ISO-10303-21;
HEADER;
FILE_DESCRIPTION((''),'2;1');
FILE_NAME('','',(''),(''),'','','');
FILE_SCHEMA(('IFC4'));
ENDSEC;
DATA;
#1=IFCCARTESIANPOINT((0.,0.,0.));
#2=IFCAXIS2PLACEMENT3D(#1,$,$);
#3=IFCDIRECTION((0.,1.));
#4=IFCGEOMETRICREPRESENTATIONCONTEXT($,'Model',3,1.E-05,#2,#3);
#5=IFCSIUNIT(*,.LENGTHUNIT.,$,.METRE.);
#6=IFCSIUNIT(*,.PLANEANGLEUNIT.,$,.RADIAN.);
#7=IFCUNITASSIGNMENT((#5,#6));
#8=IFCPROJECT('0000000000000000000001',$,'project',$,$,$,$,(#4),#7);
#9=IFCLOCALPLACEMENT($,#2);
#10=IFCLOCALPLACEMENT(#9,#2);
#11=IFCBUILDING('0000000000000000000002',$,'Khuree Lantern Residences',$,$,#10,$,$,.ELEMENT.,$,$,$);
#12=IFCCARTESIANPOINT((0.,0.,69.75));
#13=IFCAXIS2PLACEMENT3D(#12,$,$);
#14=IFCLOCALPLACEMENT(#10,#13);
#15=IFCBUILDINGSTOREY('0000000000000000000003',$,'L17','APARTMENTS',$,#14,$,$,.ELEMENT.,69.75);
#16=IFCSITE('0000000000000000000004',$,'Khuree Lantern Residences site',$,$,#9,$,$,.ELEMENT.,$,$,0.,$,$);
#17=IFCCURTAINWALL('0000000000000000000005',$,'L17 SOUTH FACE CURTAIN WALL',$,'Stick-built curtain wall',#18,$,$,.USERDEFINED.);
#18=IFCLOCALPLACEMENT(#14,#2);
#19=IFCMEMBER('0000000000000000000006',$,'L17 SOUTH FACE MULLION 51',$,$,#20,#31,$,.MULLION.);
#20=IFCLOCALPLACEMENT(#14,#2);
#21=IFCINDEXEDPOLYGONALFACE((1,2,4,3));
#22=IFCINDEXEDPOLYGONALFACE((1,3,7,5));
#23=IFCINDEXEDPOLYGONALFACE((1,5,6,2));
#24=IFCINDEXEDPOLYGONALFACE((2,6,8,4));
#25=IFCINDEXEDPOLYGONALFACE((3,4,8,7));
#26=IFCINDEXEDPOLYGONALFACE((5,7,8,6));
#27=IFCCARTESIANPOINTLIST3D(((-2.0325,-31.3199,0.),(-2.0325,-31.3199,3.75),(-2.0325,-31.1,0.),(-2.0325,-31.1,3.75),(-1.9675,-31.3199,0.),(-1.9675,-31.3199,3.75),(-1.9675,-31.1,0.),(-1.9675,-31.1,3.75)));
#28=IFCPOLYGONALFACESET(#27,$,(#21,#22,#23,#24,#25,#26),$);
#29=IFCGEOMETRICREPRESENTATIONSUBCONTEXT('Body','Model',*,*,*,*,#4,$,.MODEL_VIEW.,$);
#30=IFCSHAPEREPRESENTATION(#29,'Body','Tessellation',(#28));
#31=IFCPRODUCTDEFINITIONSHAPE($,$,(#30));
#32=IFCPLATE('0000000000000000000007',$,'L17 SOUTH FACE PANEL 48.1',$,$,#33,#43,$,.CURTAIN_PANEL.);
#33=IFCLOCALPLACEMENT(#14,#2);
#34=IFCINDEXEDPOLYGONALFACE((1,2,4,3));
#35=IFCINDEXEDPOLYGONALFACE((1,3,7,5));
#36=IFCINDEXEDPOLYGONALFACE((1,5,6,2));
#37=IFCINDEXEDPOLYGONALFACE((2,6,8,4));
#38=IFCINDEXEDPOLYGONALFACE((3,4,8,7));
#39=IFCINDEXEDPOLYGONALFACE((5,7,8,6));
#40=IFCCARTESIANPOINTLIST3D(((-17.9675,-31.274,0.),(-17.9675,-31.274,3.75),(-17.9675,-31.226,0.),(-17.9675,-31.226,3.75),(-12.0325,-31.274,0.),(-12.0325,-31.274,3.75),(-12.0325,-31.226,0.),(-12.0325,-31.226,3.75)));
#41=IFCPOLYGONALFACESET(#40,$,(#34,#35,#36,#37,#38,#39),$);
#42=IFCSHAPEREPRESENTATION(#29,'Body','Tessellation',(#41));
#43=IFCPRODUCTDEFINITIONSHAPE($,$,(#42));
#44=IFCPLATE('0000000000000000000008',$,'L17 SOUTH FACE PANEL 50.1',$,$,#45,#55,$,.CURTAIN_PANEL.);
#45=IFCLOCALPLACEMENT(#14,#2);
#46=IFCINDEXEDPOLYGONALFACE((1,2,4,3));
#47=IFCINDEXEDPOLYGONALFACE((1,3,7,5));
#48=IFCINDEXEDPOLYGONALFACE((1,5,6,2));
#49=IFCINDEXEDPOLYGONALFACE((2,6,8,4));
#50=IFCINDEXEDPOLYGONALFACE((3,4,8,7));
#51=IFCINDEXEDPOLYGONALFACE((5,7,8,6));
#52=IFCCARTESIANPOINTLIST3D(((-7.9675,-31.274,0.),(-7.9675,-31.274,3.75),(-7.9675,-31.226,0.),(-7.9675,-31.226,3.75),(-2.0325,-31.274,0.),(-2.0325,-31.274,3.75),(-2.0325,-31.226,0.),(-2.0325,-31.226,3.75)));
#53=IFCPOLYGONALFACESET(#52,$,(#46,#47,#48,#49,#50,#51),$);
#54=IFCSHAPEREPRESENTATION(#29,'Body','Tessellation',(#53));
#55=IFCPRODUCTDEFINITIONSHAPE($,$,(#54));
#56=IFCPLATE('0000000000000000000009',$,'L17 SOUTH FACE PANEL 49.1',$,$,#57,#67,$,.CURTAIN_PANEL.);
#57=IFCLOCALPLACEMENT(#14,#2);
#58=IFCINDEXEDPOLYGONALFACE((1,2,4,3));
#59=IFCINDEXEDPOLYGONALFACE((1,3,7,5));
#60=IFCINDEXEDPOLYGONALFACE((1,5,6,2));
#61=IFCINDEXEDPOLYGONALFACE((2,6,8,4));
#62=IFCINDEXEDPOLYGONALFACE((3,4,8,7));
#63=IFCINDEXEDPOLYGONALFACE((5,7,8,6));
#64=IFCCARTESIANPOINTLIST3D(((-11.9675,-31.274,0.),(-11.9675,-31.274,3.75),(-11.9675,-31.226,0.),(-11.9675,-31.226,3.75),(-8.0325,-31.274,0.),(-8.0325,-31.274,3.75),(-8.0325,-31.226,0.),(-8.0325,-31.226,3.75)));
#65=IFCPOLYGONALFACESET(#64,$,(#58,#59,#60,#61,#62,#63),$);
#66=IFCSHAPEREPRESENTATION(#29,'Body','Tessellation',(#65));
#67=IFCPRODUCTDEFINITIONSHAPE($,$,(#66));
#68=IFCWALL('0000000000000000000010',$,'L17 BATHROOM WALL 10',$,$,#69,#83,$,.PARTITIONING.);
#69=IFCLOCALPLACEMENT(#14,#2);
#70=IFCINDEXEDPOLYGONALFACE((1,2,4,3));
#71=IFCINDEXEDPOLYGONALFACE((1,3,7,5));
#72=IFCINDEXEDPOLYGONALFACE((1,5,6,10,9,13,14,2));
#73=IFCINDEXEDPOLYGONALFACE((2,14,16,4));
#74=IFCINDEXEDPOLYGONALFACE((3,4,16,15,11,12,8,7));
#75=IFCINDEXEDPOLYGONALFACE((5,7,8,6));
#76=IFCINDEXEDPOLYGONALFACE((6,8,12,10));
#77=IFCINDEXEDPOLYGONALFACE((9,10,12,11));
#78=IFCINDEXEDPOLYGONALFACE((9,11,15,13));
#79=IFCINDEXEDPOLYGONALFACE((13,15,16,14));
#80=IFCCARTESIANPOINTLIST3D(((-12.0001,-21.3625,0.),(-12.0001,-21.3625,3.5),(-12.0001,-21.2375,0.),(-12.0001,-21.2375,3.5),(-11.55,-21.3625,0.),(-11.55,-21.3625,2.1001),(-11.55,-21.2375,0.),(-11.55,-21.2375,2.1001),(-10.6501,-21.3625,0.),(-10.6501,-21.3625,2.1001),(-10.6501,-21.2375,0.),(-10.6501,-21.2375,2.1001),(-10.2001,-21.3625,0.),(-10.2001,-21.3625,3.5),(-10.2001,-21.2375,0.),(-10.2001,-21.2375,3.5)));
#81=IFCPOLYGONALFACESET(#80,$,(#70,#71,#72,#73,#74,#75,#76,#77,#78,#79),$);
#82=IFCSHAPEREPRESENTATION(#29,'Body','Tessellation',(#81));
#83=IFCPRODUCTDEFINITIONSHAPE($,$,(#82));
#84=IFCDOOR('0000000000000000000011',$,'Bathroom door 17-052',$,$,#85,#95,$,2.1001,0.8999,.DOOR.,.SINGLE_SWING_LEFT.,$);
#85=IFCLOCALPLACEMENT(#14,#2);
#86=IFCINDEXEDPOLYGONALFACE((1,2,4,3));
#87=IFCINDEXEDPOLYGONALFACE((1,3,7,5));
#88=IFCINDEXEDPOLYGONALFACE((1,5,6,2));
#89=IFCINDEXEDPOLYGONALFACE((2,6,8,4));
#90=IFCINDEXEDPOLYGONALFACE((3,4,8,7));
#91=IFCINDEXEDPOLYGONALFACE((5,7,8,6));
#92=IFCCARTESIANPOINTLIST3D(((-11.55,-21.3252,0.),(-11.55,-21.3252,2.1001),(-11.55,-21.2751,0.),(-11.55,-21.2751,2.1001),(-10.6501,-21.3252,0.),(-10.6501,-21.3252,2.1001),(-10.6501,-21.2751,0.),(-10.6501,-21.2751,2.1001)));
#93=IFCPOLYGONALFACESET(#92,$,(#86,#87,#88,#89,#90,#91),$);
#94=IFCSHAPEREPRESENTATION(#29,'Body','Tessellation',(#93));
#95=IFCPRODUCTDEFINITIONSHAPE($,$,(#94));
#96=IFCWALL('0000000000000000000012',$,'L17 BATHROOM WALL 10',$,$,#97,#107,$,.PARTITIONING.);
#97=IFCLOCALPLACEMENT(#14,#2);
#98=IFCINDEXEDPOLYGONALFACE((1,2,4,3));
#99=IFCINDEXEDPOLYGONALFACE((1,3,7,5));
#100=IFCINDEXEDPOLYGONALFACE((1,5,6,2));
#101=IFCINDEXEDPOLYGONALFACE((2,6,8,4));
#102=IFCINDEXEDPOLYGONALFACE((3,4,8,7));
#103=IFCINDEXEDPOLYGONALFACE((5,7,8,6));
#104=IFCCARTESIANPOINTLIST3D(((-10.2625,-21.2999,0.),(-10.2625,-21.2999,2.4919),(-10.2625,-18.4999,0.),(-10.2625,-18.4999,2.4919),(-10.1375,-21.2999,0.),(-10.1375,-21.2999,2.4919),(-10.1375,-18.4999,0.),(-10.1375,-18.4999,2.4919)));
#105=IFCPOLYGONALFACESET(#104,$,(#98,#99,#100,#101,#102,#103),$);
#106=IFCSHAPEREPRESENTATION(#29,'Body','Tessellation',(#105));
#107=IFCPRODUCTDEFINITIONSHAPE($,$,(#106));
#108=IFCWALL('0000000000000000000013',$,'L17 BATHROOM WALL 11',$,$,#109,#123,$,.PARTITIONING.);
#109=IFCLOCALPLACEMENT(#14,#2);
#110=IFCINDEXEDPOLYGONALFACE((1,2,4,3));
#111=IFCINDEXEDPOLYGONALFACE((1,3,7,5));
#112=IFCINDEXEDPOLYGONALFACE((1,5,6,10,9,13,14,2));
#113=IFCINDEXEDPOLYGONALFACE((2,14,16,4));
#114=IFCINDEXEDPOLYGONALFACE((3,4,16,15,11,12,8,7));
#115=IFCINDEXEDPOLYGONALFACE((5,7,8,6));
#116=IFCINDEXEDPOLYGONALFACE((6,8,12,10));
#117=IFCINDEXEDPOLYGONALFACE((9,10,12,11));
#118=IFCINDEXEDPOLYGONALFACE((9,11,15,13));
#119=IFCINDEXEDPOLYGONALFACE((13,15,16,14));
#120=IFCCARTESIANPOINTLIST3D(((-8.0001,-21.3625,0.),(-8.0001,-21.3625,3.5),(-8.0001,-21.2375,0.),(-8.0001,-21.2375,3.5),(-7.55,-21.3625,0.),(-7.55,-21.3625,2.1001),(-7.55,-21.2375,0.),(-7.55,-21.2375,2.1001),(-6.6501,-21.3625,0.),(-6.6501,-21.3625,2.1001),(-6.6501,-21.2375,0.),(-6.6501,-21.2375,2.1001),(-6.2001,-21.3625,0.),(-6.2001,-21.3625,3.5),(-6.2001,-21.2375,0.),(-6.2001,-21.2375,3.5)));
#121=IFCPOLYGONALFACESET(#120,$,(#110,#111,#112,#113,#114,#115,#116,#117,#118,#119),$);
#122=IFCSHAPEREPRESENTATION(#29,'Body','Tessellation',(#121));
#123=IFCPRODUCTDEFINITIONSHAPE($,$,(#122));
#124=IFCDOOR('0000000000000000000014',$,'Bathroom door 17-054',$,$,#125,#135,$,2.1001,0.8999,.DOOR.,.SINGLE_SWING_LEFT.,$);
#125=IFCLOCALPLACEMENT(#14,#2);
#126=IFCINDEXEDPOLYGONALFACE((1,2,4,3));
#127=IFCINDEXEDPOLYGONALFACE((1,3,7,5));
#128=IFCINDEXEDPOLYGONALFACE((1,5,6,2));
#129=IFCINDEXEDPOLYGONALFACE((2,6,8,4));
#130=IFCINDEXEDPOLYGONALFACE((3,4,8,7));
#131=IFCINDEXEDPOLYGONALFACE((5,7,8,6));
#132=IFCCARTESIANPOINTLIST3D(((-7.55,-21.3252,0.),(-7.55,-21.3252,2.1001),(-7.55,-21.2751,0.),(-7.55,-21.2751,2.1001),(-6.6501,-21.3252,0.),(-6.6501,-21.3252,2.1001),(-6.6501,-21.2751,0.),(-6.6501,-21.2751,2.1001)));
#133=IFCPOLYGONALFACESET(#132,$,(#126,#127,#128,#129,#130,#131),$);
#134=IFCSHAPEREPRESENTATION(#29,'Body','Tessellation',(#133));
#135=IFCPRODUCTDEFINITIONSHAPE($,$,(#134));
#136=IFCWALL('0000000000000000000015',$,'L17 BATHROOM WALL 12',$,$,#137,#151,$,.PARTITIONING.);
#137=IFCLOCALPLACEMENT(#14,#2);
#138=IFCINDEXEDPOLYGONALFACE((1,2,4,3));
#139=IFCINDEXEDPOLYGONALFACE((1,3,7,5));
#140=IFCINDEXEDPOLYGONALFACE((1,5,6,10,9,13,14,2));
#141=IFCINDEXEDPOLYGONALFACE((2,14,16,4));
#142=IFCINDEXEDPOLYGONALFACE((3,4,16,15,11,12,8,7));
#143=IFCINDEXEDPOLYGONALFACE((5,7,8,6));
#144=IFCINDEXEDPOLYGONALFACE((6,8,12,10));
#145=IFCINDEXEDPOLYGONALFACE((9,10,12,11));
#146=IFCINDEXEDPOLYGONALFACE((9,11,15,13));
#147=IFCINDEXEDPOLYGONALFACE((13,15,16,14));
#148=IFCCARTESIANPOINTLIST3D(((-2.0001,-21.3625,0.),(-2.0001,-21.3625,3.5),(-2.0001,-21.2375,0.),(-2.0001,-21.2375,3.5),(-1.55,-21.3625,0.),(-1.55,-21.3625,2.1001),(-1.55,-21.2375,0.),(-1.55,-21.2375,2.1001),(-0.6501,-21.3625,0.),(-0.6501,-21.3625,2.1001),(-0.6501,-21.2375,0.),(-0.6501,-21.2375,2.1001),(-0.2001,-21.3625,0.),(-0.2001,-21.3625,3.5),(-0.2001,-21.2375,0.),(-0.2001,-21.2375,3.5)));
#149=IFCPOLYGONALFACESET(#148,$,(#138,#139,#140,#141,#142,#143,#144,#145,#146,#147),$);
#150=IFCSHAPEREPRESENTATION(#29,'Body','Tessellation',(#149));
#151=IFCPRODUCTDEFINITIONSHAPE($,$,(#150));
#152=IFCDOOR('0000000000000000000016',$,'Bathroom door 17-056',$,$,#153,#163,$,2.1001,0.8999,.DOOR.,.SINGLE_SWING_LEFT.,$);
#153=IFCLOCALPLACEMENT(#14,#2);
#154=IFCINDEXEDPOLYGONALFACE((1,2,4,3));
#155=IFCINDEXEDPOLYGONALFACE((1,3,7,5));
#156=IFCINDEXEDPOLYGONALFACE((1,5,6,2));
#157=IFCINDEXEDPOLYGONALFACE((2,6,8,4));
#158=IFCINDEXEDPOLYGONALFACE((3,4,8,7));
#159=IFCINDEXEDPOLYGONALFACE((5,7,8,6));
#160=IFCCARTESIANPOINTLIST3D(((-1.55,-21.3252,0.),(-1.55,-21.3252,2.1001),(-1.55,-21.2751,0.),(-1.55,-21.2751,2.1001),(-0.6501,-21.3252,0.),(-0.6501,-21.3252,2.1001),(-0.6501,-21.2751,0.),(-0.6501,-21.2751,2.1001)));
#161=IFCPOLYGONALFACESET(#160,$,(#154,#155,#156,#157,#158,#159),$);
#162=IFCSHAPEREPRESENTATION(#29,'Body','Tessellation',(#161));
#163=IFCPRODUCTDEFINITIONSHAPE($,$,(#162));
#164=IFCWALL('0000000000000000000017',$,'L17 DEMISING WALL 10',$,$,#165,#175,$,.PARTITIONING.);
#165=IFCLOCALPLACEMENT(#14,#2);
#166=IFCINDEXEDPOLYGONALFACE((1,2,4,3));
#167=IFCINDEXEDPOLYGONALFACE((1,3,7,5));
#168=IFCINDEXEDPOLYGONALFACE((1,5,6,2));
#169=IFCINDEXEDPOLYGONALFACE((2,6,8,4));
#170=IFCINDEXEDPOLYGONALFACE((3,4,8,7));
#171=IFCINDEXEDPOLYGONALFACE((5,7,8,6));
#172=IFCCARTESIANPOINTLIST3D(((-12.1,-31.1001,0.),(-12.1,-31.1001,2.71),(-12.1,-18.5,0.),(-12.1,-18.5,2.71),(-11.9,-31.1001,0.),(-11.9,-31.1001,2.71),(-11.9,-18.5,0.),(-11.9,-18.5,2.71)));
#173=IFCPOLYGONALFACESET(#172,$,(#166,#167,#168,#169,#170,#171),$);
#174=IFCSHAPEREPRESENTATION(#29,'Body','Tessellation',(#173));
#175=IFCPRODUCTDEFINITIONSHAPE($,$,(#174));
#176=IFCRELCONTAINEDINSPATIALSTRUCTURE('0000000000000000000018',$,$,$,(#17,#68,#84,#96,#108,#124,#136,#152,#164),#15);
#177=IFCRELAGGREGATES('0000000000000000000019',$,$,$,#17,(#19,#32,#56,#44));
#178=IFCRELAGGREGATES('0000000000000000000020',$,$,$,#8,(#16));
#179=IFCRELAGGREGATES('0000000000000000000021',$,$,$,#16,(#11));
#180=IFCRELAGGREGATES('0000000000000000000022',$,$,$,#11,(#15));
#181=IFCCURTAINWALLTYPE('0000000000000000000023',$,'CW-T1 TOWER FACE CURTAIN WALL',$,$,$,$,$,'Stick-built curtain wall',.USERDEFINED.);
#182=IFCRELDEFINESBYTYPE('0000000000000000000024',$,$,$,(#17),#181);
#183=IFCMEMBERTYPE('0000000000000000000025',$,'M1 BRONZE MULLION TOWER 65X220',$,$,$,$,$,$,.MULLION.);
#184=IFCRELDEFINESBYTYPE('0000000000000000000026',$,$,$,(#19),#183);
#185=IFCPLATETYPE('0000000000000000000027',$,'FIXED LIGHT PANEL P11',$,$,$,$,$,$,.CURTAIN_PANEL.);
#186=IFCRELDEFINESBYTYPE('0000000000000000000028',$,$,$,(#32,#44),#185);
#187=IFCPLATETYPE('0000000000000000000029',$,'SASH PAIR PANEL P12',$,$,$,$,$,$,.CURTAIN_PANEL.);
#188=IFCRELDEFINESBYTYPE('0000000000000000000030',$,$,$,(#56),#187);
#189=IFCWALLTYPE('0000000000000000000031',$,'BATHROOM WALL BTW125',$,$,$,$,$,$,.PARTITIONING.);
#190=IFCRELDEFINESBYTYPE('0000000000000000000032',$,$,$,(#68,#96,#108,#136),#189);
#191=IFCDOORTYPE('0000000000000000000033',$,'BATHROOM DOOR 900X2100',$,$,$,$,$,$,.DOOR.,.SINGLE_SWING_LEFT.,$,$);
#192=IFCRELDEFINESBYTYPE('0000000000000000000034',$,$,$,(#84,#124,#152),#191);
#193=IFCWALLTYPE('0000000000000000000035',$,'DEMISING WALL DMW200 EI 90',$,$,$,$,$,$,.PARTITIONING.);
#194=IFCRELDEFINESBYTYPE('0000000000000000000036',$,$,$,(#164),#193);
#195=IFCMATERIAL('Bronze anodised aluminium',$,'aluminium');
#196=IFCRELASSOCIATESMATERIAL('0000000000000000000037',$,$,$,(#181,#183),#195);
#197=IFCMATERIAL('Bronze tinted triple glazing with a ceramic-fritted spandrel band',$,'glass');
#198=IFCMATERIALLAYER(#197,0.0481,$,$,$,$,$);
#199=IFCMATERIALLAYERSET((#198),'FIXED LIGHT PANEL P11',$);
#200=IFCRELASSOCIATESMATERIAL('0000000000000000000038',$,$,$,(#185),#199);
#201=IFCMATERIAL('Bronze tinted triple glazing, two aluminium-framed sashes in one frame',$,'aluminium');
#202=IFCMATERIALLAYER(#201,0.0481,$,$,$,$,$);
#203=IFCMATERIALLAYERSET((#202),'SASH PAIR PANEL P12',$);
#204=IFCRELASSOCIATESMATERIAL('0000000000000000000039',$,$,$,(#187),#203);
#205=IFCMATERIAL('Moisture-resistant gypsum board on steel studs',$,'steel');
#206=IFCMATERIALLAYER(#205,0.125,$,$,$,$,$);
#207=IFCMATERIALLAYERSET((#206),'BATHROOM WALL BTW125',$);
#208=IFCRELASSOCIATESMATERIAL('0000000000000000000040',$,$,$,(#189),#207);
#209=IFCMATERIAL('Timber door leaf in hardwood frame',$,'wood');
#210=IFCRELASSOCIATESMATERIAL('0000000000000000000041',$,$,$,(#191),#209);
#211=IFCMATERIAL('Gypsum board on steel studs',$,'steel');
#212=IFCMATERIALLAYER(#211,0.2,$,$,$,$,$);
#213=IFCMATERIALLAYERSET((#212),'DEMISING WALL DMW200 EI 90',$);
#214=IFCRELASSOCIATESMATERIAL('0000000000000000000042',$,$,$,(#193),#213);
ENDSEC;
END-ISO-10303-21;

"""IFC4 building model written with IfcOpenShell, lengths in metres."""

from ifc_helpers import new_model, si_unit, direction, frame, frame_2d, origin, origin_2d, place, context, subcontext, project, spatial, rectangle, extrude, material, layer, layer_set, material_profile, profile_set, type_object, element, fill, aggregate, save


model = new_model("IFC4")

# Units and contexts
model_context = context("Model", 3, precision=1e-05, world=origin(), true_north=direction((0.0, 1.0)))
body_context = subcontext(model_context, "Body", "Model", "MODEL_VIEW")
ifc_project = project(units=[si_unit("LENGTHUNIT", "METRE"), si_unit("PLANEANGLEUNIT", "RADIAN")], contexts=[model_context])

# Site, building, storey
site_placement = place(None, origin())
site = spatial("IfcSite", under=ifc_project, at=site_placement, Name="Khuree Lantern Residences site", CompositionType="ELEMENT", RefElevation=0.0)
building_placement = place(site_placement, origin())
building = spatial("IfcBuilding", under=site, at=building_placement, Name="Khuree Lantern Residences", CompositionType="ELEMENT")
storey_placement = place(building_placement, frame((0.0, 0.0, 69.75)))
storey = spatial("IfcBuildingStorey", under=building, at=storey_placement, Name="L17", Description="APARTMENTS", CompositionType="ELEMENT", Elevation=69.75)

# Curtain wall
ifc_material_1 = material(Name="Bronze anodised aluminium", Category="aluminium")
curtain_wall_type = type_object("IfcCurtainWallType", Name="CW-T1 TOWER FACE CURTAIN WALL", ElementType="Stick-built curtain wall", PredefinedType="USERDEFINED", material=ifc_material_1)
curtain_wall_placement = place(storey_placement, origin())
curtain_wall = element("IfcCurtainWall", 1, at=curtain_wall_placement, inside=storey, type_object=curtain_wall_type, Name="L17 SOUTH FACE CURTAIN WALL", ObjectType="Stick-built curtain wall", PredefinedType="USERDEFINED")

# Member
ifc_material_profile_1 = material_profile(ifc_material_1, rectangle(XDim=0.0649, YDim=0.22, at=origin_2d()), Name="M1 65X220")
ifc_profile_set_1 = profile_set([ifc_material_profile_1], Name="Bronze anodised aluminium")
member_type_1 = type_object("IfcMemberType", Name="M1 BRONZE MULLION TOWER 65X220", PredefinedType="MULLION", material=ifc_profile_set_1)
member_1_placement = place(storey_placement, frame((-2.0, -31.21, 0.0), z_axis=(0.0, 0.0, 1.0), x_axis=(1.0, 0.0, 0.0)))
member_1 = element("IfcMember", 2, at=member_1_placement, type_object=member_type_1, Name="L17 SOUTH FACE MULLION 51", PredefinedType="MULLION", context=body_context, shape_type="SweptSolid", body=[
    extrude(rectangle(XDim=0.0649, YDim=0.22, at=origin_2d()), origin(), (0.0, 0.0, 1.0), 3.75),
])

# Plates
ifc_material_2 = material(Name="Bronze tinted triple glazing with a ceramic-fritted spandrel band", Category="glass")
ifc_layer_1 = layer(ifc_material_2, 0.0481)
ifc_layer_set_1 = layer_set([ifc_layer_1], Name="FIXED LIGHT PANEL P11")
plate_type_1 = type_object("IfcPlateType", Name="FIXED LIGHT PANEL P11", PredefinedType="CURTAIN_PANEL", material=ifc_layer_set_1)
plate_1_placement = place(storey_placement, frame((-15.0, -31.25, 0.0), z_axis=(0.0, 0.0, 1.0), x_axis=(1.0, 0.0, 0.0)))
plate_1 = element("IfcPlate", 3, at=plate_1_placement, type_object=plate_type_1, Name="L17 SOUTH FACE PANEL 48.1", PredefinedType="CURTAIN_PANEL", context=body_context, shape_type="SweptSolid", body=[
    extrude(rectangle(XDim=5.9351, YDim=0.0481, at=origin_2d()), origin(), (0.0, 0.0, 1.0), 3.75),
])
plate_2_placement = place(storey_placement, frame((-5.0, -31.25, 0.0), z_axis=(0.0, 0.0, 1.0), x_axis=(1.0, 0.0, 0.0)))
plate_2 = element("IfcPlate", 4, at=plate_2_placement, type_object=plate_type_1, Name="L17 SOUTH FACE PANEL 50.1", PredefinedType="CURTAIN_PANEL", context=body_context, shape_type="SweptSolid", body=[
    extrude(rectangle(XDim=5.9351, YDim=0.0481, at=origin_2d()), origin(), (0.0, 0.0, 1.0), 3.75),
])
ifc_material_3 = material(Name="Bronze tinted triple glazing, two aluminium-framed sashes in one frame", Category="aluminium")
ifc_layer_2 = layer(ifc_material_3, 0.0481)
ifc_layer_set_2 = layer_set([ifc_layer_2], Name="SASH PAIR PANEL P12")
plate_type_2 = type_object("IfcPlateType", Name="SASH PAIR PANEL P12", PredefinedType="CURTAIN_PANEL", material=ifc_layer_set_2)
plate_3_placement = place(storey_placement, frame((-10.0, -31.25, 0.0), z_axis=(0.0, 0.0, 1.0), x_axis=(1.0, 0.0, 0.0)))
plate_3 = element("IfcPlate", 5, at=plate_3_placement, type_object=plate_type_2, Name="L17 SOUTH FACE PANEL 49.1", PredefinedType="CURTAIN_PANEL", context=body_context, shape_type="SweptSolid", body=[
    extrude(rectangle(XDim=3.9351, YDim=0.0481, at=origin_2d()), origin(), (0.0, 0.0, 1.0), 3.75),
])
aggregate(curtain_wall, [member_1, plate_1, plate_3, plate_2])

# Wall, opening, door
ifc_material_4 = material(Name="Moisture-resistant gypsum board on steel studs", Category="steel")
ifc_layer_3 = layer(ifc_material_4, 0.125)
ifc_layer_set_3 = layer_set([ifc_layer_3], Name="BATHROOM WALL BTW125")
wall_type_1 = type_object("IfcWallType", Name="BATHROOM WALL BTW125", PredefinedType="PARTITIONING", material=ifc_layer_set_3)
wall_1_placement = place(storey_placement, frame((-12.0, -21.3, 0.0), z_axis=(0.0, 0.0, 1.0), x_axis=(1.0, 0.0, 0.0)))
wall_1 = element("IfcWall", 6, at=wall_1_placement, inside=storey, type_object=wall_type_1, Name="L17 BATHROOM WALL 10", PredefinedType="PARTITIONING", context=body_context, shape_type="SweptSolid", body=[
    extrude(rectangle(XDim=1.8, YDim=0.125, at=frame_2d((0.8999, 0.0))), origin(), (0.0, 0.0, 1.0), 3.5),
])
opening_1_placement = place(wall_1_placement, frame((0.45, 0.0, 0.0)))
opening_1 = element("IfcOpeningElement", 7, at=opening_1_placement, cuts=wall_1, PredefinedType="OPENING", context=body_context, shape_type="SweptSolid", body=[
    extrude(rectangle(XDim=0.8999, YDim=2.1001, at=frame_2d((0.45, 1.05))), frame((0.0, 0.0725, 0.0), z_axis=(0.0, -1.0, 0.0), x_axis=(1.0, 0.0, 0.0)), (0.0, 0.0, 1.0), 0.145),
])
ifc_material_5 = material(Name="Timber door leaf in hardwood frame", Category="wood")
door_type_1 = type_object("IfcDoorType", Name="BATHROOM DOOR 900X2100", OperationType="SINGLE_SWING_LEFT", PredefinedType="DOOR", material=ifc_material_5)
door_1_placement = place(opening_1_placement, origin())
door_1 = element("IfcDoor", 8, at=door_1_placement, inside=storey, type_object=door_type_1, Name="Bathroom door 17-052", OperationType="SINGLE_SWING_LEFT", OverallHeight=2.1001, OverallWidth=0.8999, PredefinedType="DOOR", context=body_context, shape_type="SweptSolid", body=[
    extrude(rectangle(XDim=0.8999, YDim=2.1001, at=frame_2d((0.45, 1.05))), frame((0.0, 0.0249, 0.0), z_axis=(0.0, -1.0, 0.0), x_axis=(1.0, 0.0, 0.0)), (0.0, 0.0, 1.0), 0.05),
])
fill(opening_1, door_1)

# Wall
wall_2_placement = place(storey_placement, frame((-10.2, -18.5, 0.0), z_axis=(0.0, 0.0, 1.0), x_axis=(0.0, -1.0, 0.0)))
element("IfcWall", 9, at=wall_2_placement, inside=storey, type_object=wall_type_1, Name="L17 BATHROOM WALL 10", PredefinedType="PARTITIONING", context=body_context, shape_type="SweptSolid", body=[
    extrude(rectangle(XDim=2.8, YDim=0.125, at=frame_2d((1.3999, 0.0))), origin(), (0.0, 0.0, 1.0), 2.4919),
])

# Walls, openings, doors
wall_3_placement = place(storey_placement, frame((-8.0, -21.3, 0.0), z_axis=(0.0, 0.0, 1.0), x_axis=(1.0, 0.0, 0.0)))
wall_3 = element("IfcWall", 10, at=wall_3_placement, inside=storey, type_object=wall_type_1, Name="L17 BATHROOM WALL 11", PredefinedType="PARTITIONING", context=body_context, shape_type="SweptSolid", body=[
    extrude(rectangle(XDim=1.8, YDim=0.125, at=frame_2d((0.8999, 0.0))), origin(), (0.0, 0.0, 1.0), 3.5),
])
opening_2_placement = place(wall_3_placement, frame((0.45, 0.0, 0.0)))
opening_2 = element("IfcOpeningElement", 11, at=opening_2_placement, cuts=wall_3, PredefinedType="OPENING", context=body_context, shape_type="SweptSolid", body=[
    extrude(rectangle(XDim=0.8999, YDim=2.1001, at=frame_2d((0.45, 1.05))), frame((0.0, 0.0725, 0.0), z_axis=(0.0, -1.0, 0.0), x_axis=(1.0, 0.0, 0.0)), (0.0, 0.0, 1.0), 0.145),
])
door_2_placement = place(opening_2_placement, origin())
door_2 = element("IfcDoor", 12, at=door_2_placement, inside=storey, type_object=door_type_1, Name="Bathroom door 17-054", OperationType="SINGLE_SWING_LEFT", OverallHeight=2.1001, OverallWidth=0.8999, PredefinedType="DOOR", context=body_context, shape_type="SweptSolid", body=[
    extrude(rectangle(XDim=0.8999, YDim=2.1001, at=frame_2d((0.45, 1.05))), frame((0.0, 0.0249, 0.0), z_axis=(0.0, -1.0, 0.0), x_axis=(1.0, 0.0, 0.0)), (0.0, 0.0, 1.0), 0.05),
])
fill(opening_2, door_2)
wall_4_placement = place(storey_placement, frame((-2.0, -21.3, 0.0), z_axis=(0.0, 0.0, 1.0), x_axis=(1.0, 0.0, 0.0)))
wall_4 = element("IfcWall", 13, at=wall_4_placement, inside=storey, type_object=wall_type_1, Name="L17 BATHROOM WALL 12", PredefinedType="PARTITIONING", context=body_context, shape_type="SweptSolid", body=[
    extrude(rectangle(XDim=1.8, YDim=0.125, at=frame_2d((0.8999, 0.0))), origin(), (0.0, 0.0, 1.0), 3.5),
])
opening_3_placement = place(wall_4_placement, frame((0.45, 0.0, 0.0)))
opening_3 = element("IfcOpeningElement", 14, at=opening_3_placement, cuts=wall_4, PredefinedType="OPENING", context=body_context, shape_type="SweptSolid", body=[
    extrude(rectangle(XDim=0.8999, YDim=2.1001, at=frame_2d((0.45, 1.05))), frame((0.0, 0.0725, 0.0), z_axis=(0.0, -1.0, 0.0), x_axis=(1.0, 0.0, 0.0)), (0.0, 0.0, 1.0), 0.145),
])
door_3_placement = place(opening_3_placement, origin())
door_3 = element("IfcDoor", 15, at=door_3_placement, inside=storey, type_object=door_type_1, Name="Bathroom door 17-056", OperationType="SINGLE_SWING_LEFT", OverallHeight=2.1001, OverallWidth=0.8999, PredefinedType="DOOR", context=body_context, shape_type="SweptSolid", body=[
    extrude(rectangle(XDim=0.8999, YDim=2.1001, at=frame_2d((0.45, 1.05))), frame((0.0, 0.0249, 0.0), z_axis=(0.0, -1.0, 0.0), x_axis=(1.0, 0.0, 0.0)), (0.0, 0.0, 1.0), 0.05),
])
fill(opening_3, door_3)

# Wall
ifc_material_6 = material(Name="Gypsum board on steel studs", Category="steel")
ifc_layer_4 = layer(ifc_material_6, 0.2)
ifc_layer_set_4 = layer_set([ifc_layer_4], Name="DEMISING WALL DMW200 EI 90")
wall_type_2 = type_object("IfcWallType", Name="DEMISING WALL DMW200 EI 90", PredefinedType="PARTITIONING", material=ifc_layer_set_4)
wall_5_placement = place(storey_placement, frame((-12.0, -18.5, 0.0), z_axis=(0.0, 0.0, 1.0), x_axis=(0.0, -1.0, 0.0)))
element("IfcWall", 16, at=wall_5_placement, inside=storey, type_object=wall_type_2, Name="L17 DEMISING WALL 10", PredefinedType="PARTITIONING", context=body_context, shape_type="SweptSolid", body=[
    extrude(rectangle(XDim=12.6001, YDim=0.2, at=frame_2d((6.3, 0.0))), origin(), (0.0, 0.0, 1.0), 2.71),
])

save(model, "model.ifc")
